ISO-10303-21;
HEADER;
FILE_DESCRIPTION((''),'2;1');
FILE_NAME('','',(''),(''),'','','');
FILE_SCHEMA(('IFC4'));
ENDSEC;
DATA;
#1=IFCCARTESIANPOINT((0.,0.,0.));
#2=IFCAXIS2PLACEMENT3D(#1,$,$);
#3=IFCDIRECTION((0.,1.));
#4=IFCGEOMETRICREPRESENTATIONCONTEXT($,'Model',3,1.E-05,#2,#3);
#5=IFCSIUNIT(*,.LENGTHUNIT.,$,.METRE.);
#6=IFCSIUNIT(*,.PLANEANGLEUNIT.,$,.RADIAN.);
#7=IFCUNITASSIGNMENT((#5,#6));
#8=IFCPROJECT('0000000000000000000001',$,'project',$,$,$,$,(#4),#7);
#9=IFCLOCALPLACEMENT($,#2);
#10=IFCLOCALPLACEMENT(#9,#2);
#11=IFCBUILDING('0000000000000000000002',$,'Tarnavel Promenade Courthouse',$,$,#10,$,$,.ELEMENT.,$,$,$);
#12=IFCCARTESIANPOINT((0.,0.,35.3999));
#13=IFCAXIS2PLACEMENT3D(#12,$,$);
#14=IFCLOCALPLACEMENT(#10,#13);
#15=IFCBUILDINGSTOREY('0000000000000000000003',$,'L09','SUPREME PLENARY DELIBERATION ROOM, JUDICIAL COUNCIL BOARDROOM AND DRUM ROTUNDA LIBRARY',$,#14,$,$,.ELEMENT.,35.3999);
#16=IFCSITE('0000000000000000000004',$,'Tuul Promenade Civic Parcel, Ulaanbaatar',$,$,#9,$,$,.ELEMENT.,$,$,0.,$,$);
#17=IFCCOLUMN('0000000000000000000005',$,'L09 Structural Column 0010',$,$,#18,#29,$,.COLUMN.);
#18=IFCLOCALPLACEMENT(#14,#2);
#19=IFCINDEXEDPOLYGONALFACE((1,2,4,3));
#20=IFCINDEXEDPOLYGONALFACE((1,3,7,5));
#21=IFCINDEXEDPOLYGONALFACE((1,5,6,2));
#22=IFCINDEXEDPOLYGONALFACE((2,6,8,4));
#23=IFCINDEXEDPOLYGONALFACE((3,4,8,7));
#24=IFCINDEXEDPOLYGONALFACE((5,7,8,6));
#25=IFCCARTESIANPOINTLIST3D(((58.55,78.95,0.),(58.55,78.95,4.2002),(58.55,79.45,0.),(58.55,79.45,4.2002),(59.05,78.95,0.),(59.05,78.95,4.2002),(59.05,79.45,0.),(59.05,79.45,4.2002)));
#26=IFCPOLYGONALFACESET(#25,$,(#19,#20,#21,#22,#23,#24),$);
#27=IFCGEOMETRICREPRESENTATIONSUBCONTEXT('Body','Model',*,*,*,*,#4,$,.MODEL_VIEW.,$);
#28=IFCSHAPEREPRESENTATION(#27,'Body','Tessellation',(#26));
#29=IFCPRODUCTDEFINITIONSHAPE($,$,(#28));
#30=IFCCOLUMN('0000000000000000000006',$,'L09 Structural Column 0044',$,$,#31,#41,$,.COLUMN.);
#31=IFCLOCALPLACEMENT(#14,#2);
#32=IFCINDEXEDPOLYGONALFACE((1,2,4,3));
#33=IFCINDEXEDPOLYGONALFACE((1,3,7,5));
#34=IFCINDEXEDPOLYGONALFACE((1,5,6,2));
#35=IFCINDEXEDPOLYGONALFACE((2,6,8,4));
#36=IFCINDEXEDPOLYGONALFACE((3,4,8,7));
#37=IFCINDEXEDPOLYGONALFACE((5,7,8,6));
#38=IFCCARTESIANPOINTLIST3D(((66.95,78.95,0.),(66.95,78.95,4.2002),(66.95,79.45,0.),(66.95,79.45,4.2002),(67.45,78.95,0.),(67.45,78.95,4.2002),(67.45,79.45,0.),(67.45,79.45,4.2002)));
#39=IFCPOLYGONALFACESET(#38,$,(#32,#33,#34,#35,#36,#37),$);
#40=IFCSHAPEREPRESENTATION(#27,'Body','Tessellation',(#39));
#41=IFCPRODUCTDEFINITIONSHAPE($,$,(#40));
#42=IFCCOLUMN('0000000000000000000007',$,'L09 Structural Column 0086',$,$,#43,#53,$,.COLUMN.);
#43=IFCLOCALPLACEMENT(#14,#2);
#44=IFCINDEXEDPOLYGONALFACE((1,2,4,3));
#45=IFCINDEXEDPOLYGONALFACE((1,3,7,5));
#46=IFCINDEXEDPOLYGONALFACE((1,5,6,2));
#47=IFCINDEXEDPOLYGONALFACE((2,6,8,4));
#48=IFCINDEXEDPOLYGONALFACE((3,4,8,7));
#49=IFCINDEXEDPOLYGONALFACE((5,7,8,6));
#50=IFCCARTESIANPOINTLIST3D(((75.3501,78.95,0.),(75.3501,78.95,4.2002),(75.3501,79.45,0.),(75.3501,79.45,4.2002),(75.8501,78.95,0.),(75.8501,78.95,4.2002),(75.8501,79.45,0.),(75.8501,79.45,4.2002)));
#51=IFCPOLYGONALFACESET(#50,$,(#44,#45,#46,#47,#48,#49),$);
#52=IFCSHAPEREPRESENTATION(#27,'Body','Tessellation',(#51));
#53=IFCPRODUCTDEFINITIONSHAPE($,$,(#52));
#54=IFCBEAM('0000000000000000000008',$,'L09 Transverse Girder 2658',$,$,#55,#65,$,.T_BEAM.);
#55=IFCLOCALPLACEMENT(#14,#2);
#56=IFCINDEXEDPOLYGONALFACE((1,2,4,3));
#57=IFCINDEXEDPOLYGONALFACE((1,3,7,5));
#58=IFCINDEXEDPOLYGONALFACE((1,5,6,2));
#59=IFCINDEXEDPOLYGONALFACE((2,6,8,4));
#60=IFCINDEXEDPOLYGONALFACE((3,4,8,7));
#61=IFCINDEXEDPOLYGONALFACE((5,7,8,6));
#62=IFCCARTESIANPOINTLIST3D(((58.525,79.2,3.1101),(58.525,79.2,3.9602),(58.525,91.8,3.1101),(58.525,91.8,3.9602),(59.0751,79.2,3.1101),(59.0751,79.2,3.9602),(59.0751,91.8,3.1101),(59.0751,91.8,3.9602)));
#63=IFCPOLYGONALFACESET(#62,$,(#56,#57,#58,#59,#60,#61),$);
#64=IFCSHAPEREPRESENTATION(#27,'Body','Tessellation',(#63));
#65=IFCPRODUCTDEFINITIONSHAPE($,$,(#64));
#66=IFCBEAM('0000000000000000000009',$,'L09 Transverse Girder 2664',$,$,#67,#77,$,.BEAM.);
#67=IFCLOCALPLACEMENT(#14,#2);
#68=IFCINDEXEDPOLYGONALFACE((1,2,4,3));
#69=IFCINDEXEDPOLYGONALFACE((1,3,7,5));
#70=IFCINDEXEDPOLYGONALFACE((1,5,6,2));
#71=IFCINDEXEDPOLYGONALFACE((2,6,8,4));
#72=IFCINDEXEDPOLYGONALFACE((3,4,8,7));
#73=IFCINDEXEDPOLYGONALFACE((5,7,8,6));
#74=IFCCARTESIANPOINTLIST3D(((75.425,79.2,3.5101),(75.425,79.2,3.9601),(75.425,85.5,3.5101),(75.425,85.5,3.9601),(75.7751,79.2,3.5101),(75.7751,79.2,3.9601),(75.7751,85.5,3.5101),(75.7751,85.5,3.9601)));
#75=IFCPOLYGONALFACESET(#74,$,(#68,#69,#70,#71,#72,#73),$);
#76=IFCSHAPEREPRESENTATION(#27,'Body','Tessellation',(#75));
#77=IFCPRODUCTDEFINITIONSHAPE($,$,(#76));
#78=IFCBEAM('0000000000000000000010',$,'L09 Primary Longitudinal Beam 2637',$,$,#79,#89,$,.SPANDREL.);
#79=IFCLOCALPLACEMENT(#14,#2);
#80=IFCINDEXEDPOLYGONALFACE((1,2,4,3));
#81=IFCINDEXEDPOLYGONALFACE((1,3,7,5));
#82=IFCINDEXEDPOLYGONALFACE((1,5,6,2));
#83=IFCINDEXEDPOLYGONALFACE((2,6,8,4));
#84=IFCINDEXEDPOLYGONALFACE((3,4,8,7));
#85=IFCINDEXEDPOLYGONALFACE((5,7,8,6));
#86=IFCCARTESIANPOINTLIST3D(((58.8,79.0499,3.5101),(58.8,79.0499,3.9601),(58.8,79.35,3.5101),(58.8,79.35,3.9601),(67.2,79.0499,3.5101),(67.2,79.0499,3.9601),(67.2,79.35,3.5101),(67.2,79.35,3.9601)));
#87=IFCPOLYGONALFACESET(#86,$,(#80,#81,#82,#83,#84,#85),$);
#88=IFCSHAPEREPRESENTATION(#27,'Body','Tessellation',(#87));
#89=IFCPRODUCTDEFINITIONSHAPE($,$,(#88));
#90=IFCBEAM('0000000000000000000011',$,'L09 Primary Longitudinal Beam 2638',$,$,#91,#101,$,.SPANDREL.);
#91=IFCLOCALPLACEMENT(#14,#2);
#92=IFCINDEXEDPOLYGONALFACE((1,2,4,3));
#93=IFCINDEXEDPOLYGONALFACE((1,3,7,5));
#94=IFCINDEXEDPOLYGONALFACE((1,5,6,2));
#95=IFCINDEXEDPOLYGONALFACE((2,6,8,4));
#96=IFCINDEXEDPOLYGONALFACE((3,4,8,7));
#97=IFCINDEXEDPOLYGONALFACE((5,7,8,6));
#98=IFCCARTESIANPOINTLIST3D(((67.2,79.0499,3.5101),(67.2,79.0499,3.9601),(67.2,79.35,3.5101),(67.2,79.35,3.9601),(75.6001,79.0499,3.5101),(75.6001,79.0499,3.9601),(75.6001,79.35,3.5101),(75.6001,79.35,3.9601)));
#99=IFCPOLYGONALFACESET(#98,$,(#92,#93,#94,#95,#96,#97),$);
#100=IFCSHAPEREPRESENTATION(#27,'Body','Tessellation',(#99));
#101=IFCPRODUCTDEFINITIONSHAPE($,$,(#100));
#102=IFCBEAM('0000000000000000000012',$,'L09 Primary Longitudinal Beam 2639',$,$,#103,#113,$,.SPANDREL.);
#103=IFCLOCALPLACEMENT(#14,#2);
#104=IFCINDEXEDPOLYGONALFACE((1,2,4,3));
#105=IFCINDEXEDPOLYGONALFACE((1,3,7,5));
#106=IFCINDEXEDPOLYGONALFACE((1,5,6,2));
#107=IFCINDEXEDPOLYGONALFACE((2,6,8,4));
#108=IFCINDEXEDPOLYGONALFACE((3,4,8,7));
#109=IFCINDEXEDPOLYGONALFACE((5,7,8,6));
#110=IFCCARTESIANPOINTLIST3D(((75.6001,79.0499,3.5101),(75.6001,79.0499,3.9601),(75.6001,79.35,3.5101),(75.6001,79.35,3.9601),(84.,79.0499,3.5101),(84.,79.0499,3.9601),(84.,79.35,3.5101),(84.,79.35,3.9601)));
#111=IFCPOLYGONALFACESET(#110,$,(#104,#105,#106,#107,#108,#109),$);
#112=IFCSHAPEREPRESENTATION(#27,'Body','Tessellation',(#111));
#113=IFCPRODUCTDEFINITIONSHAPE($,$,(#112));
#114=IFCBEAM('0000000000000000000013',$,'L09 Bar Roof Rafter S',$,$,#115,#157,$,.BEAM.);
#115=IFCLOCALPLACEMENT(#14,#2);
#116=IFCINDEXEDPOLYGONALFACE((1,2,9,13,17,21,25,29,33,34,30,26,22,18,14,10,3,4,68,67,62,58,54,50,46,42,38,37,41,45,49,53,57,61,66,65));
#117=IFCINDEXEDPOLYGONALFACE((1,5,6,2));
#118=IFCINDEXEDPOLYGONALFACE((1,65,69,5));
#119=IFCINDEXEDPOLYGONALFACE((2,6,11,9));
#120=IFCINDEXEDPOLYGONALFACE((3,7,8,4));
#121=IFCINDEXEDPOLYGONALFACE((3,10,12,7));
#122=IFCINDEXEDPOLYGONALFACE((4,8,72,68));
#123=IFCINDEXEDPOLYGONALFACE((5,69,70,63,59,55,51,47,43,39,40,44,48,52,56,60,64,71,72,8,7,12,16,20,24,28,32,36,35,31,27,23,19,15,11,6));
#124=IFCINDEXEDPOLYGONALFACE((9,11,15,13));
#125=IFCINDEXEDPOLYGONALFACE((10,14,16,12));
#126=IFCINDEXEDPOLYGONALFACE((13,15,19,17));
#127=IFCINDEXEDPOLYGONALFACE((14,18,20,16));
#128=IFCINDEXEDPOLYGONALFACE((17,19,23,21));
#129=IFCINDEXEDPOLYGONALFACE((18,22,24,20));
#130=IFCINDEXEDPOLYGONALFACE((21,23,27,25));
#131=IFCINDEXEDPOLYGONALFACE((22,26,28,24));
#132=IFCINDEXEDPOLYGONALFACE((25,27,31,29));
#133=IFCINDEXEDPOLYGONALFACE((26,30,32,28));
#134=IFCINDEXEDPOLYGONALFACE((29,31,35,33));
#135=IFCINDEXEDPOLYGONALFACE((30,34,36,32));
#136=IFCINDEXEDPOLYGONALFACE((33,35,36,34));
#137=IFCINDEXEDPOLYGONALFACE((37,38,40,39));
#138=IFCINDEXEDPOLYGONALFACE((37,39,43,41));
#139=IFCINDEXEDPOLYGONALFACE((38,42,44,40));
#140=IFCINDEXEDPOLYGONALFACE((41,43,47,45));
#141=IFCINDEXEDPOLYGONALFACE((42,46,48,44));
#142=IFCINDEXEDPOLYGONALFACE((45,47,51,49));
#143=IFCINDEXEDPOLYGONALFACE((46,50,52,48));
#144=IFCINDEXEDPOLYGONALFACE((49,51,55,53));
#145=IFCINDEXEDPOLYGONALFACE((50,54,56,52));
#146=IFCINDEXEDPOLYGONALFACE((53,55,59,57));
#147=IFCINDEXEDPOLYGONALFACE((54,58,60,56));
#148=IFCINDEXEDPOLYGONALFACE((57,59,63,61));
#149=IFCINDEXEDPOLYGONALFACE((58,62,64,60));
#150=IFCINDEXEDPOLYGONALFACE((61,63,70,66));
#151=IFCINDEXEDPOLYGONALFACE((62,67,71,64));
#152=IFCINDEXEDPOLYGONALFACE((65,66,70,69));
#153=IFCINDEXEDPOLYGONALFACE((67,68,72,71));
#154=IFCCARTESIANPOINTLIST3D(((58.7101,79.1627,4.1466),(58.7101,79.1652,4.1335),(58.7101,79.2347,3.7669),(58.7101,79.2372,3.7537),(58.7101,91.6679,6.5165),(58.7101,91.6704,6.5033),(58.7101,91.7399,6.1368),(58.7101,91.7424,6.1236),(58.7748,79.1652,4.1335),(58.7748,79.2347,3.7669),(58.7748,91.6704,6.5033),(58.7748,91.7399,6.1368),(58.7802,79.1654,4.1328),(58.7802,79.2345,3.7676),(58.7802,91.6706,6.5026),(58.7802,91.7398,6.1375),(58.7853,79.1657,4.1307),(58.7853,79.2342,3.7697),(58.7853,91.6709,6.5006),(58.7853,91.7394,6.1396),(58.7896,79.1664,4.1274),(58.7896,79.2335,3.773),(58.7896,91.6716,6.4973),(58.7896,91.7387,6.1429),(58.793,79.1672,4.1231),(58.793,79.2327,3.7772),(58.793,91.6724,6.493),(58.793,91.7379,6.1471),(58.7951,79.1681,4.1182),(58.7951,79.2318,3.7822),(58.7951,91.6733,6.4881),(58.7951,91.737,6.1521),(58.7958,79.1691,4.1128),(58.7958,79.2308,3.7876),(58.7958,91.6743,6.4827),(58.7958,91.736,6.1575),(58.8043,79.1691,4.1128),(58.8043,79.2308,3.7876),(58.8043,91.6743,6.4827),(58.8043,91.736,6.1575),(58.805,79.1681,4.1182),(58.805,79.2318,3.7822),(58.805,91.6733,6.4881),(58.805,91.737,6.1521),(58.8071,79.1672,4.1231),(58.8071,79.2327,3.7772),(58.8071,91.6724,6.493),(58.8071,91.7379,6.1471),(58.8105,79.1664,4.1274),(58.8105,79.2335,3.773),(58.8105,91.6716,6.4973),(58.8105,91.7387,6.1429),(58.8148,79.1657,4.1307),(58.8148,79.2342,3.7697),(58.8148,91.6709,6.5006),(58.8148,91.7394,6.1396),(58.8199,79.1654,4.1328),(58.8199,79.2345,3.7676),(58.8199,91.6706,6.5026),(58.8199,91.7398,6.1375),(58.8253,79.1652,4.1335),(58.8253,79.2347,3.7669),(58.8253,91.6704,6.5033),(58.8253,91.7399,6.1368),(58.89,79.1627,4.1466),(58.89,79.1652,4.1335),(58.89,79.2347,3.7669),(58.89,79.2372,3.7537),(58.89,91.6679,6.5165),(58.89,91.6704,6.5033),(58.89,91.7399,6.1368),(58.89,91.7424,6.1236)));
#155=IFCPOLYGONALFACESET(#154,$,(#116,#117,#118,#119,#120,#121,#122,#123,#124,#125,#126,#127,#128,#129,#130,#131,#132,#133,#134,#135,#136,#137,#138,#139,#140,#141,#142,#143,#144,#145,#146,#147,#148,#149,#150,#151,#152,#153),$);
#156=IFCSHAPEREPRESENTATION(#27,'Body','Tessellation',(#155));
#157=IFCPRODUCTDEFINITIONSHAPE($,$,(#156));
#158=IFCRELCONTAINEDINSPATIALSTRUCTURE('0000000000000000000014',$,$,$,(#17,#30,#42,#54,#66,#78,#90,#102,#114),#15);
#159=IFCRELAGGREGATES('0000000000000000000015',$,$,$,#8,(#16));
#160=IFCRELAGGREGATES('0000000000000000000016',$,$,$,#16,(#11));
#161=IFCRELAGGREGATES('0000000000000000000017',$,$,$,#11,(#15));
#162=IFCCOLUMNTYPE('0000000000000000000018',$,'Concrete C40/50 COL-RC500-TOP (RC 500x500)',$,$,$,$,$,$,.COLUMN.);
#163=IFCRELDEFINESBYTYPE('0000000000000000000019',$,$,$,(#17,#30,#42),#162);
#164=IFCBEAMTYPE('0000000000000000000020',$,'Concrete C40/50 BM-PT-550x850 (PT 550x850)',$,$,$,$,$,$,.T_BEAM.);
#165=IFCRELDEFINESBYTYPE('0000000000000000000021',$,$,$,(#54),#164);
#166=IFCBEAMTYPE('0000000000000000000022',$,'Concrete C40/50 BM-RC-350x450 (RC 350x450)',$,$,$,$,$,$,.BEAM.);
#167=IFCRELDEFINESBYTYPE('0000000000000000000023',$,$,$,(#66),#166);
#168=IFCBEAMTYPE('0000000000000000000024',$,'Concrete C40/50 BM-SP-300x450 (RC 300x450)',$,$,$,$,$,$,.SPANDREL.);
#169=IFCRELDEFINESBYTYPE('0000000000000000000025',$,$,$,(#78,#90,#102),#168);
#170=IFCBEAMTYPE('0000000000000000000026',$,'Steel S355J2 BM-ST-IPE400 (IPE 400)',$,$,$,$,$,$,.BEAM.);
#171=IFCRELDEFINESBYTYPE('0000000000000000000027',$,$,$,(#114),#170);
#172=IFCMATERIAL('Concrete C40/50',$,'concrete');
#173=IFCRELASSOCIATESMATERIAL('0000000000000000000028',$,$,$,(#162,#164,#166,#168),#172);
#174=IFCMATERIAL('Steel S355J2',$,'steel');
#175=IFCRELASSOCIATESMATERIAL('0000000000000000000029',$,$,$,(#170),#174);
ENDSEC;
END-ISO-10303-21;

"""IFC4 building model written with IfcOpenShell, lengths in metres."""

from ifc_helpers import new_model, si_unit, direction, frame, origin, origin_2d, place, context, subcontext, project, spatial, rectangle, i_section, extrude, material, material_profile, profile_set, type_object, element, save


model = new_model("IFC4")

# Units and contexts
model_context = context("Model", 3, precision=1e-05, world=origin(), true_north=direction((0.0, 1.0)))
body_context = subcontext(model_context, "Body", "Model", "MODEL_VIEW")
ifc_project = project(units=[si_unit("LENGTHUNIT", "METRE"), si_unit("PLANEANGLEUNIT", "RADIAN")], contexts=[model_context])

# Site, building, storey
site_placement = place(None, origin())
site = spatial("IfcSite", under=ifc_project, at=site_placement, Name="Tuul Promenade Civic Parcel, Ulaanbaatar", CompositionType="ELEMENT", RefElevation=0.0)
building_placement = place(site_placement, origin())
building = spatial("IfcBuilding", under=site, at=building_placement, Name="Tarnavel Promenade Courthouse", CompositionType="ELEMENT")
storey_placement = place(building_placement, frame((0.0, 0.0, 35.3999)))
storey = spatial("IfcBuildingStorey", under=building, at=storey_placement, Name="L09", Description="SUPREME PLENARY DELIBERATION ROOM, JUDICIAL COUNCIL BOARDROOM AND DRUM ROTUNDA LIBRARY", CompositionType="ELEMENT", Elevation=35.3999)

# Columns
ifc_material_1 = material(Name="Concrete C40/50", Category="concrete")
ifc_material_profile_1 = material_profile(ifc_material_1, rectangle(XDim=0.5, YDim=0.5, at=origin_2d()), Name="RC 500x500")
ifc_profile_set_1 = profile_set([ifc_material_profile_1], Name="Concrete C40/50")
column_type = type_object("IfcColumnType", Name="Concrete C40/50 COL-RC500-TOP (RC 500x500)", PredefinedType="COLUMN", material=ifc_profile_set_1)
for number, where, z_axis, x_axis, name in (
    (1, (58.8, 79.2, 0.0), (0.0, 0.0, 1.0), (1.0, 0.0, 0.0), "L09 Structural Column 0010"),
    (2, (67.2, 79.2, 0.0), (0.0, 0.0, 1.0), (1.0, 0.0, 0.0), "L09 Structural Column 0044"),
    (3, (75.6001, 79.2, 0.0), (0.0, 0.0, 1.0), (1.0, 0.0, 0.0), "L09 Structural Column 0086"),
):
    element("IfcColumn", number, at=place(storey_placement, frame(where, z_axis=z_axis, x_axis=x_axis)), inside=storey, type_object=column_type, Name=name, PredefinedType="COLUMN", context=body_context, shape_type="SweptSolid", body=[
        extrude(rectangle(XDim=0.5, YDim=0.5, at=origin_2d()), origin(), (0.0, 0.0, 1.0), 4.2002),
    ])

# Beams
ifc_material_profile_2 = material_profile(ifc_material_1, rectangle(XDim=0.55, YDim=0.8501, at=origin_2d()), Name="PT 550x850")
ifc_profile_set_2 = profile_set([ifc_material_profile_2], Name="Concrete C40/50")
beam_type_1 = type_object("IfcBeamType", Name="Concrete C40/50 BM-PT-550x850 (PT 550x850)", PredefinedType="T_BEAM", material=ifc_profile_set_2)
beam_1_placement = place(storey_placement, frame((58.8, 79.2, 3.5352), z_axis=(0.0, 1.0, 0.0), x_axis=(-1.0, 0.0, 0.0)))
element("IfcBeam", 4, at=beam_1_placement, inside=storey, type_object=beam_type_1, Name="L09 Transverse Girder 2658", PredefinedType="T_BEAM", context=body_context, shape_type="SweptSolid", body=[
    extrude(rectangle(XDim=0.55, YDim=0.8501, at=origin_2d()), origin(), (0.0, 0.0, 1.0), 12.6001),
])
ifc_material_profile_3 = material_profile(ifc_material_1, rectangle(XDim=0.3501, YDim=0.45, at=origin_2d()), Name="RC 350x450")
ifc_profile_set_3 = profile_set([ifc_material_profile_3], Name="Concrete C40/50")
beam_type_2 = type_object("IfcBeamType", Name="Concrete C40/50 BM-RC-350x450 (RC 350x450)", PredefinedType="BEAM", material=ifc_profile_set_3)
beam_2_placement = place(storey_placement, frame((75.6001, 79.2, 3.7351), z_axis=(0.0, 1.0, 0.0), x_axis=(-1.0, 0.0, 0.0)))
element("IfcBeam", 5, at=beam_2_placement, inside=storey, type_object=beam_type_2, Name="L09 Transverse Girder 2664", PredefinedType="BEAM", context=body_context, shape_type="SweptSolid", body=[
    extrude(rectangle(XDim=0.3501, YDim=0.45, at=origin_2d()), origin(), (0.0, 0.0, 1.0), 6.3),
])
ifc_material_profile_4 = material_profile(ifc_material_1, rectangle(XDim=0.3, YDim=0.45, at=origin_2d()), Name="RC 300x450")
ifc_profile_set_4 = profile_set([ifc_material_profile_4], Name="Concrete C40/50")
beam_type_3 = type_object("IfcBeamType", Name="Concrete C40/50 BM-SP-300x450 (RC 300x450)", PredefinedType="SPANDREL", material=ifc_profile_set_4)
beam_3_placement = place(storey_placement, frame((58.8, 79.2, 3.7351), z_axis=(1.0, 0.0, 0.0), x_axis=(0.0, 1.0, 0.0)))
element("IfcBeam", 6, at=beam_3_placement, inside=storey, type_object=beam_type_3, Name="L09 Primary Longitudinal Beam 2637", PredefinedType="SPANDREL", context=body_context, shape_type="SweptSolid", body=[
    extrude(rectangle(XDim=0.3, YDim=0.45, at=origin_2d()), origin(), (0.0, 0.0, 1.0), 8.3999),
])
beam_4_placement = place(storey_placement, frame((67.2, 79.2, 3.7351), z_axis=(1.0, 0.0, 0.0), x_axis=(0.0, 1.0, 0.0)))
element("IfcBeam", 7, at=beam_4_placement, inside=storey, type_object=beam_type_3, Name="L09 Primary Longitudinal Beam 2638", PredefinedType="SPANDREL", context=body_context, shape_type="SweptSolid", body=[
    extrude(rectangle(XDim=0.3, YDim=0.45, at=origin_2d()), origin(), (0.0, 0.0, 1.0), 8.4001),
])
beam_5_placement = place(storey_placement, frame((75.6001, 79.2, 3.7351), z_axis=(1.0, 0.0, 0.0), x_axis=(0.0, 1.0, 0.0)))
element("IfcBeam", 8, at=beam_5_placement, inside=storey, type_object=beam_type_3, Name="L09 Primary Longitudinal Beam 2639", PredefinedType="SPANDREL", context=body_context, shape_type="SweptSolid", body=[
    extrude(rectangle(XDim=0.3, YDim=0.45, at=origin_2d()), origin(), (0.0, 0.0, 1.0), 8.3999),
])
ifc_material_2 = material(Name="Steel S355J2", Category="steel")
ifc_material_profile_5 = material_profile(ifc_material_2, i_section(OverallWidth=0.1799, OverallDepth=0.3999, WebThickness=0.0085, FlangeThickness=0.0134, FilletRadius=0.021, at=origin_2d()), Name="IPE 400")
ifc_profile_set_5 = profile_set([ifc_material_profile_5], Name="Steel S355J2")
beam_type_4 = type_object("IfcBeamType", Name="Steel S355J2 BM-ST-IPE400 (IPE 400)", PredefinedType="BEAM", material=ifc_profile_set_5)
for number, where, z_axis, x_axis, name in (
    (9, (58.8, 79.2, 3.9502), (0.0, 0.982512, 0.186198), (-1.0, 0.0, 0.0), "L09 Bar Roof Rafter S"),
):
    element("IfcBeam", number, at=place(storey_placement, frame(where, z_axis=z_axis, x_axis=x_axis)), inside=storey, type_object=beam_type_4, Name=name, PredefinedType="BEAM", context=body_context, shape_type="SweptSolid", body=[
        extrude(i_section(OverallWidth=0.1799, OverallDepth=0.3999, WebThickness=0.0085, FlangeThickness=0.0134, FilletRadius=0.021, at=origin_2d()), origin(), (0.0, 0.0, 1.0), 12.7278),
    ])

save(model, "model.ifc")
